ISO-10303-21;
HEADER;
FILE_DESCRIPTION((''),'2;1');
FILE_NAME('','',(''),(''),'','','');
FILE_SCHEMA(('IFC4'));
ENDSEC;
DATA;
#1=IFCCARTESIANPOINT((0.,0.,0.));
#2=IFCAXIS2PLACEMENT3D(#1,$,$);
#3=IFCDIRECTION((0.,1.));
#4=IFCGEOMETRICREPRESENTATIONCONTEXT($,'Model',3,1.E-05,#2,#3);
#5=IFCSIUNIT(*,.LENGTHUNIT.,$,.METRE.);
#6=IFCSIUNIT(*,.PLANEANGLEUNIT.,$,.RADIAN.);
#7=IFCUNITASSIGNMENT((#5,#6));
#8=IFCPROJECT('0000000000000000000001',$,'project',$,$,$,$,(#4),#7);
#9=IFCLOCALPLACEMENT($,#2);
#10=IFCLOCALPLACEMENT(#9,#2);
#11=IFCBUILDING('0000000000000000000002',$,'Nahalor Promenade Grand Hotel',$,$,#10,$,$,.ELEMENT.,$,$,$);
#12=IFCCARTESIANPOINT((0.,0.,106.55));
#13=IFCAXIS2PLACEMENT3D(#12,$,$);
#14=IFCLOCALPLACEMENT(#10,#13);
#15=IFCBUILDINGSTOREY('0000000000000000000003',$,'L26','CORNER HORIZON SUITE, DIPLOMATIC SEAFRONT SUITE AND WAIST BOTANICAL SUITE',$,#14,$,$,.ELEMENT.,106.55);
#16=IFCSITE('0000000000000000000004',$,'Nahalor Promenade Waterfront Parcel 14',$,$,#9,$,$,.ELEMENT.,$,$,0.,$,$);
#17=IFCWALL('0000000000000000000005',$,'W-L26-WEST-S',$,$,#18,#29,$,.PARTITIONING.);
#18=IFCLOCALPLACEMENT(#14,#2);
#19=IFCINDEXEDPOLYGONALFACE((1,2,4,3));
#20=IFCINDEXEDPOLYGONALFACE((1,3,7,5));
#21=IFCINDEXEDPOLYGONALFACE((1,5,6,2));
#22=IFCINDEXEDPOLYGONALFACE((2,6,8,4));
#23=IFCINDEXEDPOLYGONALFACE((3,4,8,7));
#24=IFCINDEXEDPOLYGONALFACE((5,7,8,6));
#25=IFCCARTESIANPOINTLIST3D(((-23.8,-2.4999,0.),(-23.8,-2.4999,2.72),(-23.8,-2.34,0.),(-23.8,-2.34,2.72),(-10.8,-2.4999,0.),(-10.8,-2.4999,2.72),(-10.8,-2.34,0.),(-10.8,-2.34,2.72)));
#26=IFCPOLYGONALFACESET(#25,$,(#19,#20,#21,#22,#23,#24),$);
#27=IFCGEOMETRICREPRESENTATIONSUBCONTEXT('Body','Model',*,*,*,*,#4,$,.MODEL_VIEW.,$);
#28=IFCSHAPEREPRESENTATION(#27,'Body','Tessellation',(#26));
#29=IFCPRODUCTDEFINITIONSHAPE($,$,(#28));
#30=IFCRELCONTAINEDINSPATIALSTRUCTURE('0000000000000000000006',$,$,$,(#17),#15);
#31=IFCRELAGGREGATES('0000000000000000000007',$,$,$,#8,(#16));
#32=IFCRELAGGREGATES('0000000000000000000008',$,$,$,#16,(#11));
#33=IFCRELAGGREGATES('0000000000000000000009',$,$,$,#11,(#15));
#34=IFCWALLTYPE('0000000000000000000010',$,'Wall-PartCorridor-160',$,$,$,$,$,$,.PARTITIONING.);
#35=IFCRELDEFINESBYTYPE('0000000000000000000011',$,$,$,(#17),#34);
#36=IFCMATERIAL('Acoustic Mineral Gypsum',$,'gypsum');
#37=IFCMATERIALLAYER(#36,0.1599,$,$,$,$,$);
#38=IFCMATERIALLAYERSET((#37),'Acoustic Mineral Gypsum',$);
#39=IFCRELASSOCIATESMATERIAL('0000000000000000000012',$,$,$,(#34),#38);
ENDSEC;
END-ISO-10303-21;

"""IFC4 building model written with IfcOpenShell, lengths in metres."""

from ifc_helpers import new_model, si_unit, direction, frame, frame_2d, origin, place, context, subcontext, project, spatial, rectangle, extrude, source, transform, mapped, material, layer, layer_set, type_object, element, save


model = new_model("IFC4")

# Units and contexts
model_context = context("Model", 3, precision=1e-05, world=origin(), true_north=direction((0.0, 1.0)))
body_context = subcontext(model_context, "Body", "Model", "MODEL_VIEW")
ifc_project = project(units=[si_unit("LENGTHUNIT", "METRE"), si_unit("PLANEANGLEUNIT", "RADIAN")], contexts=[model_context])

# Site, building, storey
site_placement = place(None, origin())
site = spatial("IfcSite", under=ifc_project, at=site_placement, Name="Nahalor Promenade Waterfront Parcel 14", CompositionType="ELEMENT", RefElevation=0.0)
building_placement = place(site_placement, origin())
building = spatial("IfcBuilding", under=site, at=building_placement, Name="Nahalor Promenade Grand Hotel", CompositionType="ELEMENT")
storey_placement = place(building_placement, frame((0.0, 0.0, 106.55)))
storey = spatial("IfcBuildingStorey", under=building, at=storey_placement, Name="L26", Description="CORNER HORIZON SUITE, DIPLOMATIC SEAFRONT SUITE AND WAIST BOTANICAL SUITE", CompositionType="ELEMENT", Elevation=106.55)

# Shared definitions
ifc_material_1 = material(Name="Acoustic Mineral Gypsum", Category="gypsum")
ifc_layer_1 = layer(ifc_material_1, 0.1599)
ifc_layer_set_1 = layer_set([ifc_layer_1], Name="Acoustic Mineral Gypsum")
wall_type = type_object("IfcWallType", Name="Wall-PartCorridor-160", PredefinedType="PARTITIONING", material=ifc_layer_set_1)

# Wall
shared_shape_1 = source(origin(), body_context, "Body", "SweptSolid", [
    extrude(rectangle(XDim=13.0, YDim=0.1599, at=frame_2d((6.5, 0.0))), origin(), (0.0, 0.0, 1.0), 2.72),
])
wall_1_placement = place(storey_placement, frame((-23.8, -2.4199, 0.0), z_axis=(0.0, 0.0, 1.0), x_axis=(1.0, 0.0, 0.0)))
element("IfcWall", 1, at=wall_1_placement, inside=storey, type_object=wall_type, Name="W-L26-WEST-S", PredefinedType="PARTITIONING", context=body_context, shape_type="MappedRepresentation", body=[
    mapped(shared_shape_1, transform((0.0, 0.0, 0.0), scale=1.0)),
])

save(model, "model.ifc")
